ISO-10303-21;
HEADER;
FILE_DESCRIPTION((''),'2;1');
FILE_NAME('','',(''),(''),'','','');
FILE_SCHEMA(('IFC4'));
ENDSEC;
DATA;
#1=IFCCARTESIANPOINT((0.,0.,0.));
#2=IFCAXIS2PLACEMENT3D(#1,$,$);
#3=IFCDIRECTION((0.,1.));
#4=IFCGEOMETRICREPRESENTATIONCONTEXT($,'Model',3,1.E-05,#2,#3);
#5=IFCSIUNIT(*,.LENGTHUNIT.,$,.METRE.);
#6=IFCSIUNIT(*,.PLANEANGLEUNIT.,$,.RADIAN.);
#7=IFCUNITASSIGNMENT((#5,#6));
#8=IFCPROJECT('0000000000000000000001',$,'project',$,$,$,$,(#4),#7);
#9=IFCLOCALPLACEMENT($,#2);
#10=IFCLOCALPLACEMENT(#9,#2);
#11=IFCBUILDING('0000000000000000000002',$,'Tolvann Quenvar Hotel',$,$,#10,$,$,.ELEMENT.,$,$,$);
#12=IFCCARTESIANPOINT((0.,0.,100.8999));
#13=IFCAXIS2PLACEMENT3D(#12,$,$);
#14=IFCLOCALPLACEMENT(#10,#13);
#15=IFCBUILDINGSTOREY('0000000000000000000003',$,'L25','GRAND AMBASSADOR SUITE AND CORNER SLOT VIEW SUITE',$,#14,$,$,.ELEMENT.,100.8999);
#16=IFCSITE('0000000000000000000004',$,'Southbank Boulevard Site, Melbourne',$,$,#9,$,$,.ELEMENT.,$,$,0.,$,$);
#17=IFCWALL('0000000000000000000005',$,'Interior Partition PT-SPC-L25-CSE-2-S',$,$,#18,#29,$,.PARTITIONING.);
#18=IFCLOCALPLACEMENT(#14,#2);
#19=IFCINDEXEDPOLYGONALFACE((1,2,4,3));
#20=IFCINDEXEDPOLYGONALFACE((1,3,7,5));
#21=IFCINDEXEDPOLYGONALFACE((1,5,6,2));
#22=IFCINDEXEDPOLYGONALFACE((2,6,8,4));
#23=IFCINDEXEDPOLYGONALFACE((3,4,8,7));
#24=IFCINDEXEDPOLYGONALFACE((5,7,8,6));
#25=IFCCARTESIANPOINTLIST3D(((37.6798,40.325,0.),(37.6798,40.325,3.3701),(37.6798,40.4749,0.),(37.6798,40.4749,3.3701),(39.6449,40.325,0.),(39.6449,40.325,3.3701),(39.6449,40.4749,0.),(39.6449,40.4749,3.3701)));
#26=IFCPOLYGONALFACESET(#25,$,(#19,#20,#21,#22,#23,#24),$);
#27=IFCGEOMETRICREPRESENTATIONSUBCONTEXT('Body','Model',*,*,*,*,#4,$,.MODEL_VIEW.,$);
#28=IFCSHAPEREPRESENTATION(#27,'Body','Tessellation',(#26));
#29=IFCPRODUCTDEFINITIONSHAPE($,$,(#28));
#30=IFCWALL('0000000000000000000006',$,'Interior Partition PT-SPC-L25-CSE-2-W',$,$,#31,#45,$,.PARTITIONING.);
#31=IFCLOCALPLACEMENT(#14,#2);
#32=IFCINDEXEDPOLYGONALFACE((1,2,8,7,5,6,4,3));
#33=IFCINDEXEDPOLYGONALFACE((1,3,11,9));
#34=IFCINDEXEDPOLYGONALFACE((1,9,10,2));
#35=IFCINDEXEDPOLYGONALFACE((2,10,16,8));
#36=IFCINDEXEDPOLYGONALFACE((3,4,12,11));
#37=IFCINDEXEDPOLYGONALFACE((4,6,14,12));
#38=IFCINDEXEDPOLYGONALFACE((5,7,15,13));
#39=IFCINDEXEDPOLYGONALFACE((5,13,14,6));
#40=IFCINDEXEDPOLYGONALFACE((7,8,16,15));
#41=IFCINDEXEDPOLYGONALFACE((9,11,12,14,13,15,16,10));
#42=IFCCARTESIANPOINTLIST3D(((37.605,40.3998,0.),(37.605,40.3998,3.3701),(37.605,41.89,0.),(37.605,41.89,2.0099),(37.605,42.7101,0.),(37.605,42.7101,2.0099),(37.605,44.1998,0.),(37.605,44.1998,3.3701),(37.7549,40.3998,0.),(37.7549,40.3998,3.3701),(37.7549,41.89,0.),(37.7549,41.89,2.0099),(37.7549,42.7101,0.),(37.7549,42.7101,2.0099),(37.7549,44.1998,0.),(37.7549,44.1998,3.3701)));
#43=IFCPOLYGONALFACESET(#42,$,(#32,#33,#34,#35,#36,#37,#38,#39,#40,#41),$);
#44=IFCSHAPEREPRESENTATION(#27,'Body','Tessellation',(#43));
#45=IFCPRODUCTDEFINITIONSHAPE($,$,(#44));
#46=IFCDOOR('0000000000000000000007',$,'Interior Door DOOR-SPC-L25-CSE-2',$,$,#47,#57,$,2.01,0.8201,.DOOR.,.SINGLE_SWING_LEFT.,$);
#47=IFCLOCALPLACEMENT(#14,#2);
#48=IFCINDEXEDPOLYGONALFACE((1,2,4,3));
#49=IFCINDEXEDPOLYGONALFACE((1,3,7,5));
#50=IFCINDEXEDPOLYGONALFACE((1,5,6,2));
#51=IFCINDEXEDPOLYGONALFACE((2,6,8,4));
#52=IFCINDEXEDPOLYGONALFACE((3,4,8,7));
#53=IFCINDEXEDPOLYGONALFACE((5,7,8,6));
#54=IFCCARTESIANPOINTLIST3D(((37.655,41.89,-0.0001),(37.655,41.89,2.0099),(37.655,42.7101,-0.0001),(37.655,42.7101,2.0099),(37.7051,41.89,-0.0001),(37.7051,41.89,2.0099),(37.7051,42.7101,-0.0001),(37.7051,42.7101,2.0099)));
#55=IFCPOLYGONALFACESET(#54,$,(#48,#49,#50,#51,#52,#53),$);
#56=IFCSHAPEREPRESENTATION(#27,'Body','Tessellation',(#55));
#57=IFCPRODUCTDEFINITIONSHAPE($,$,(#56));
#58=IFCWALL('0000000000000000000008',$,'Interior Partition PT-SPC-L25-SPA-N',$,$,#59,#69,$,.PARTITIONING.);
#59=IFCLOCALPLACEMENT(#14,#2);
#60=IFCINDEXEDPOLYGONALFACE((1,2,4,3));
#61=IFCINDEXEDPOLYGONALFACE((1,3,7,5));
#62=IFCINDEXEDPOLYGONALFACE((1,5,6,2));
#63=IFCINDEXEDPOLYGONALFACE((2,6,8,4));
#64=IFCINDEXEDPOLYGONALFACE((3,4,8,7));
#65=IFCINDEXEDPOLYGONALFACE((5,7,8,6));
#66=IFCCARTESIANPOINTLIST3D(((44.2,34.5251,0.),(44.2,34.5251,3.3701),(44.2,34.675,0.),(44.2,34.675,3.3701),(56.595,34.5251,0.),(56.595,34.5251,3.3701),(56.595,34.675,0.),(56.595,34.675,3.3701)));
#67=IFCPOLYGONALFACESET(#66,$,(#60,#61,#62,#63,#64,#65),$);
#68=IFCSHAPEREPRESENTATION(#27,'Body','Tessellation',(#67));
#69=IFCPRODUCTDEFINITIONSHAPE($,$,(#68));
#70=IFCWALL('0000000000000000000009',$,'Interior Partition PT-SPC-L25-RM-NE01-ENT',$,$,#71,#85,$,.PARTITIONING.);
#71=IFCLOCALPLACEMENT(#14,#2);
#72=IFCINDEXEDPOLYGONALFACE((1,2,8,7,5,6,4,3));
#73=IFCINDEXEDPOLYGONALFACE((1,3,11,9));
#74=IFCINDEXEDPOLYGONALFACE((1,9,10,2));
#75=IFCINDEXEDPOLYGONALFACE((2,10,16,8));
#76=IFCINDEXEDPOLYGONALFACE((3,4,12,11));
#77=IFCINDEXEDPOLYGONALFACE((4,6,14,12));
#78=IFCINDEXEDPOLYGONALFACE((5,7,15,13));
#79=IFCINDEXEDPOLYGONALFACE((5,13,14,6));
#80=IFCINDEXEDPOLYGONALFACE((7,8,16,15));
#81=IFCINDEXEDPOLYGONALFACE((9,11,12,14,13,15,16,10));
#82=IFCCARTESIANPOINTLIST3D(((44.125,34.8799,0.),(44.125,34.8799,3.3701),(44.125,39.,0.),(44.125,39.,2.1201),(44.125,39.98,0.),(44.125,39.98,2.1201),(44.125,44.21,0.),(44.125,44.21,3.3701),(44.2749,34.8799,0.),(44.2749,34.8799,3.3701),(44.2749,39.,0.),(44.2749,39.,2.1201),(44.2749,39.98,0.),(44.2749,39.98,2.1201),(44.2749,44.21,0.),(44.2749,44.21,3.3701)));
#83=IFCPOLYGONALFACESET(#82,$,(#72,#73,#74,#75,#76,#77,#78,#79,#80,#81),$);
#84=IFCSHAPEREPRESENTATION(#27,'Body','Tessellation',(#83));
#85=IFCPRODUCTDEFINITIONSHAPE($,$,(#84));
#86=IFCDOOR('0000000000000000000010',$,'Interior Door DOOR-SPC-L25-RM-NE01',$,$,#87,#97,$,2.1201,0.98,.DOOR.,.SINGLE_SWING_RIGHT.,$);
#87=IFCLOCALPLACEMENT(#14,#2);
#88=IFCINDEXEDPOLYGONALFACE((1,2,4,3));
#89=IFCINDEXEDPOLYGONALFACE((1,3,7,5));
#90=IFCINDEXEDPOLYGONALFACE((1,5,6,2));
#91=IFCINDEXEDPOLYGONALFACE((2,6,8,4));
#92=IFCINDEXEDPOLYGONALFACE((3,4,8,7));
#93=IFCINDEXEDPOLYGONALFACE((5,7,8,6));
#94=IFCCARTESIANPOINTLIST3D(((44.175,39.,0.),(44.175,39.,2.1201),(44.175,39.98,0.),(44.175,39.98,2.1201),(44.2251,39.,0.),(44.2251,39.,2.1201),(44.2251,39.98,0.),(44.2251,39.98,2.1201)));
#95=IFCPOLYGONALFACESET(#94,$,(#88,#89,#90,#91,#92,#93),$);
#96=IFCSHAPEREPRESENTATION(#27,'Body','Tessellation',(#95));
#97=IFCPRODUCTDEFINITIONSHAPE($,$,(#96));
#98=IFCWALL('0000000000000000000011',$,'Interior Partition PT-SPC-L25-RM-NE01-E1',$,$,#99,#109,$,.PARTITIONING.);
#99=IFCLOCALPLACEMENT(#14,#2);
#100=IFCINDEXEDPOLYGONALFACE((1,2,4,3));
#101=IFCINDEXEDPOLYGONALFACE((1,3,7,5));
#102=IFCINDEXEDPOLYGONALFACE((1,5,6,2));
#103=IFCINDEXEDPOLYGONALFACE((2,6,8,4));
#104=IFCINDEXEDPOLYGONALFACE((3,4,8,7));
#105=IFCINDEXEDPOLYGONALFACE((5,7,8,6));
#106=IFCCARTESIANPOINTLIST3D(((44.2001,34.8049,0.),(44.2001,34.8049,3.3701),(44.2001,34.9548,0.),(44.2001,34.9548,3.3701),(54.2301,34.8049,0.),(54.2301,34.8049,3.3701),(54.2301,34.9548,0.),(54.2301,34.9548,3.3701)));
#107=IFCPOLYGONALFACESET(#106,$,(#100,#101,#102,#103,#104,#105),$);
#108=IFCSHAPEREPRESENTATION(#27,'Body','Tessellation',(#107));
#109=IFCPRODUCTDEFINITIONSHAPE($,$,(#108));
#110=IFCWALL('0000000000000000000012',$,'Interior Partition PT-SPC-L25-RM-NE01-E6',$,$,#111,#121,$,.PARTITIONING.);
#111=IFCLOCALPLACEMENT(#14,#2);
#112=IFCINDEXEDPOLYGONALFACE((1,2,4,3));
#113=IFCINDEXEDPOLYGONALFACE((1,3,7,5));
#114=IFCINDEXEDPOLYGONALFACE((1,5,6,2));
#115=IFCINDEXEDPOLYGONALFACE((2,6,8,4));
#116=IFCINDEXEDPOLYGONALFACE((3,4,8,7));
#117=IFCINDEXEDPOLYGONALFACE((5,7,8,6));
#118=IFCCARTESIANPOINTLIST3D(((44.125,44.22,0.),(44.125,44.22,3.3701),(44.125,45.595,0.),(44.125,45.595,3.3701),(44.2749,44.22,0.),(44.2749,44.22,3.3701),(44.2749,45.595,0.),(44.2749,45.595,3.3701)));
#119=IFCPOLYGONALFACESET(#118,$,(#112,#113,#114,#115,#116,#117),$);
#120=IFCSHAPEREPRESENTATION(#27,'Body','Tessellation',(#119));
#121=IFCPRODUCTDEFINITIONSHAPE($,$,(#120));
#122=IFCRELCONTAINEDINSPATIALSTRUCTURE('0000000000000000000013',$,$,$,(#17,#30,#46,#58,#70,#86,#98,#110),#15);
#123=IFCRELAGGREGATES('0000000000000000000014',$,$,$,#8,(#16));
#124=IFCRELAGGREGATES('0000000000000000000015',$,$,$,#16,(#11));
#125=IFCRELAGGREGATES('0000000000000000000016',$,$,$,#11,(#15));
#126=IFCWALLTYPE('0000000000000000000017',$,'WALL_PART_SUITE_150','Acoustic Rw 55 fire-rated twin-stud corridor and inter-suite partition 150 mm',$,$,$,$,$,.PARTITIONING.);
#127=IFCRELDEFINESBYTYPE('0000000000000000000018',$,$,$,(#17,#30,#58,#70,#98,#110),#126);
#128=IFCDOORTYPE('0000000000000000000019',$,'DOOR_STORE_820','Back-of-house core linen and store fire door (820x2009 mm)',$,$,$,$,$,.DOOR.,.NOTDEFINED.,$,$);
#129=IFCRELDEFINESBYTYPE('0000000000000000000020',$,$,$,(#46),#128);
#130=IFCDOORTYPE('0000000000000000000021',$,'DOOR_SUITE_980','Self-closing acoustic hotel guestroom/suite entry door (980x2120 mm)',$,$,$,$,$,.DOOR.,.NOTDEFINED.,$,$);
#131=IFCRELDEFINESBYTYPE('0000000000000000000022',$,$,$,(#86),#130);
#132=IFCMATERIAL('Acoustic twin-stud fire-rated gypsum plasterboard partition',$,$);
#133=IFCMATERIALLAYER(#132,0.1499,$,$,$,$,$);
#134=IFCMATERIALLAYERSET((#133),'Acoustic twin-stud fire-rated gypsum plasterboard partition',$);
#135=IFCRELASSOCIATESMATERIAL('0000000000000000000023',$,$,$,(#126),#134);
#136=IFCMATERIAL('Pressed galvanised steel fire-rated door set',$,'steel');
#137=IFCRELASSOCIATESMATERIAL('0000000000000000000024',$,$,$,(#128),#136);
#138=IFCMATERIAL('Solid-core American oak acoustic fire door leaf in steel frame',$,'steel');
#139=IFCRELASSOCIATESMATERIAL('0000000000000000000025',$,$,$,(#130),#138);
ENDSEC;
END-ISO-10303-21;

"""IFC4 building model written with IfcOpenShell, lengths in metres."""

from ifc_helpers import new_model, si_unit, direction, frame, frame_2d, origin, place, context, subcontext, project, spatial, rectangle, extrude, source, transform, mapped, material, layer, layer_set, type_object, type_shapes, element, fill, save


model = new_model("IFC4")

# Units and contexts
model_context = context("Model", 3, precision=1e-05, world=origin(), true_north=direction((0.0, 1.0)))
body_context = subcontext(model_context, "Body", "Model", "MODEL_VIEW")
ifc_project = project(units=[si_unit("LENGTHUNIT", "METRE"), si_unit("PLANEANGLEUNIT", "RADIAN")], contexts=[model_context])

# Site, building, storey
site_placement = place(None, origin())
site = spatial("IfcSite", under=ifc_project, at=site_placement, Name="Southbank Boulevard Site, Melbourne", CompositionType="ELEMENT", RefElevation=0.0)
building_placement = place(site_placement, origin())
building = spatial("IfcBuilding", under=site, at=building_placement, Name="Tolvann Quenvar Hotel", CompositionType="ELEMENT")
storey_placement = place(building_placement, frame((0.0, 0.0, 100.8999)))
storey = spatial("IfcBuildingStorey", under=building, at=storey_placement, Name="L25", Description="GRAND AMBASSADOR SUITE AND CORNER SLOT VIEW SUITE", CompositionType="ELEMENT", Elevation=100.8999)

# Shared definitions
ifc_material_1 = material(Name="Acoustic twin-stud fire-rated gypsum plasterboard partition")
ifc_layer_1 = layer(ifc_material_1, 0.1499)
ifc_layer_set_1 = layer_set([ifc_layer_1], Name="Acoustic twin-stud fire-rated gypsum plasterboard partition")
wall_type_1 = type_object("IfcWallType", Name="WALL_PART_SUITE_150", Description="Acoustic Rw 55 fire-rated twin-stud corridor and inter-suite partition 150 mm", PredefinedType="PARTITIONING", material=ifc_layer_set_1)

# Shared definitions
ifc_material_2 = material(Name="Pressed galvanised steel fire-rated door set", Category="steel")
door_type_1 = type_object("IfcDoorType", Name="DOOR_STORE_820", Description="Back-of-house core linen and store fire door (820x2009 mm)", OperationType="NOTDEFINED", PredefinedType="DOOR", material=ifc_material_2)
shared_shape_1 = source(origin(), body_context, "Body", "SweptSolid", [
    extrude(rectangle(XDim=0.8201, YDim=2.01, at=frame_2d((0.4102, 1.0049))), frame((0.0, 0.0249, 0.0), z_axis=(0.0, -1.0, 0.0), x_axis=(1.0, 0.0, 0.0)), (0.0, 0.0, 1.0), 0.05),
])
type_shapes(door_type_1, [shared_shape_1])

# Wall
wall_1_placement = place(storey_placement, frame((37.6799, 40.3999, 0.0), z_axis=(0.0, 0.0, 1.0), x_axis=(1.0, 0.0, 0.0)))
element("IfcWall", 1, at=wall_1_placement, inside=storey, type_object=wall_type_1, Name="Interior Partition PT-SPC-L25-CSE-2-S", PredefinedType="PARTITIONING", context=body_context, shape_type="SweptSolid", body=[
    extrude(rectangle(XDim=1.9651, YDim=0.1499, at=frame_2d((0.9824, 0.0))), origin(), (0.0, 0.0, 1.0), 3.3701),
])

# Wall, opening, door
wall_2_placement = place(storey_placement, frame((37.6799, 40.3999, 0.0), z_axis=(0.0, 0.0, 1.0), x_axis=(0.0, 1.0, 0.0)))
wall_2 = element("IfcWall", 2, at=wall_2_placement, inside=storey, type_object=wall_type_1, Name="Interior Partition PT-SPC-L25-CSE-2-W", PredefinedType="PARTITIONING", context=body_context, shape_type="SweptSolid", body=[
    extrude(rectangle(XDim=3.8, YDim=0.1499, at=frame_2d((1.8999, 0.0))), origin(), (0.0, 0.0, 1.0), 3.3701),
])
opening_1_placement = place(wall_2_placement, frame((1.49, 0.0, 0.0)))
opening_1 = element("IfcOpeningElement", 3, at=opening_1_placement, cuts=wall_2, PredefinedType="OPENING", context=body_context, shape_type="SweptSolid", body=[
    extrude(rectangle(XDim=0.8201, YDim=2.01, at=frame_2d((0.4102, 1.0049))), frame((0.0, 0.085, 0.0), z_axis=(0.0, -1.0, 0.0), x_axis=(1.0, 0.0, 0.0)), (0.0, 0.0, 1.0), 0.1699),
])
door_1_placement = place(opening_1_placement, origin())
door_1 = element("IfcDoor", 4, at=door_1_placement, inside=storey, type_object=door_type_1, Name="Interior Door DOOR-SPC-L25-CSE-2", OperationType="SINGLE_SWING_LEFT", OverallHeight=2.01, OverallWidth=0.8201, PredefinedType="DOOR", context=body_context, shape_type="MappedRepresentation", body=[
    mapped(shared_shape_1, transform((0.0, 0.0, 0.0), x_axis=(1.0, 0.0, 0.0), y_axis=(0.0, 1.0, 0.0), z_axis=(0.0, 0.0, 1.0), scale=1.0)),
])
fill(opening_1, door_1)

# Wall
wall_3_placement = place(storey_placement, frame((44.2, 34.6001, 0.0), z_axis=(0.0, 0.0, 1.0), x_axis=(1.0, 0.0, 0.0)))
element("IfcWall", 5, at=wall_3_placement, inside=storey, type_object=wall_type_1, Name="Interior Partition PT-SPC-L25-SPA-N", PredefinedType="PARTITIONING", context=body_context, shape_type="SweptSolid", body=[
    extrude(rectangle(XDim=12.395, YDim=0.1499, at=frame_2d((6.1975, 0.0))), origin(), (0.0, 0.0, 1.0), 3.3701),
])

# Wall, opening, door
wall_4_placement = place(storey_placement, frame((44.2, 34.8799, 0.0), z_axis=(0.0, 0.0, 1.0), x_axis=(0.0, 1.0, 0.0)))
wall_4 = element("IfcWall", 6, at=wall_4_placement, inside=storey, type_object=wall_type_1, Name="Interior Partition PT-SPC-L25-RM-NE01-ENT", PredefinedType="PARTITIONING", context=body_context, shape_type="SweptSolid", body=[
    extrude(rectangle(XDim=9.3301, YDim=0.1499, at=frame_2d((4.665, 0.0))), origin(), (0.0, 0.0, 1.0), 3.3701),
])
opening_2_placement = place(wall_4_placement, frame((4.1201, 0.0, 0.0)))
opening_2 = element("IfcOpeningElement", 7, at=opening_2_placement, cuts=wall_4, PredefinedType="OPENING", context=body_context, shape_type="SweptSolid", body=[
    extrude(rectangle(XDim=0.98, YDim=2.1201, at=frame_2d((0.49, 1.0601))), frame((0.0, 0.085, 0.0), z_axis=(0.0, -1.0, 0.0), x_axis=(1.0, 0.0, 0.0)), (0.0, 0.0, 1.0), 0.1699),
])
ifc_material_3 = material(Name="Solid-core American oak acoustic fire door leaf in steel frame", Category="steel")
door_type_2 = type_object("IfcDoorType", Name="DOOR_SUITE_980", Description="Self-closing acoustic hotel guestroom/suite entry door (980x2120 mm)", OperationType="NOTDEFINED", PredefinedType="DOOR", material=ifc_material_3)
shared_shape_2 = source(origin(), body_context, "Body", "SweptSolid", [
    extrude(rectangle(XDim=0.98, YDim=2.1201, at=frame_2d((0.49, 1.0601))), frame((0.0, 0.0249, 0.0), z_axis=(0.0, -1.0, 0.0), x_axis=(1.0, 0.0, 0.0)), (0.0, 0.0, 1.0), 0.05),
])
type_shapes(door_type_2, [shared_shape_2])
door_2_placement = place(opening_2_placement, origin())
door_2 = element("IfcDoor", 8, at=door_2_placement, inside=storey, type_object=door_type_2, Name="Interior Door DOOR-SPC-L25-RM-NE01", OperationType="SINGLE_SWING_RIGHT", OverallHeight=2.1201, OverallWidth=0.98, PredefinedType="DOOR", context=body_context, shape_type="MappedRepresentation", body=[
    mapped(shared_shape_2, transform((0.0, 0.0, 0.0), x_axis=(1.0, 0.0, 0.0), y_axis=(0.0, 1.0, 0.0), z_axis=(0.0, 0.0, 1.0), scale=1.0)),
])
fill(opening_2, door_2)

# Walls
wall_5_placement = place(storey_placement, frame((44.2, 34.8799, 0.0), z_axis=(0.0, 0.0, 1.0), x_axis=(1.0, 0.0, 0.0)))
element("IfcWall", 9, at=wall_5_placement, inside=storey, type_object=wall_type_1, Name="Interior Partition PT-SPC-L25-RM-NE01-E1", PredefinedType="PARTITIONING", context=body_context, shape_type="SweptSolid", body=[
    extrude(rectangle(XDim=10.03, YDim=0.1499, at=frame_2d((5.0151, 0.0))), origin(), (0.0, 0.0, 1.0), 3.3701),
])
wall_6_placement = place(storey_placement, frame((44.2, 44.22, 0.0), z_axis=(0.0, 0.0, 1.0), x_axis=(0.0, 1.0, 0.0)))
element("IfcWall", 10, at=wall_6_placement, inside=storey, type_object=wall_type_1, Name="Interior Partition PT-SPC-L25-RM-NE01-E6", PredefinedType="PARTITIONING", context=body_context, shape_type="SweptSolid", body=[
    extrude(rectangle(XDim=1.375, YDim=0.1499, at=frame_2d((0.6875, 0.0))), origin(), (0.0, 0.0, 1.0), 3.3701),
])

save(model, "model.ifc")
